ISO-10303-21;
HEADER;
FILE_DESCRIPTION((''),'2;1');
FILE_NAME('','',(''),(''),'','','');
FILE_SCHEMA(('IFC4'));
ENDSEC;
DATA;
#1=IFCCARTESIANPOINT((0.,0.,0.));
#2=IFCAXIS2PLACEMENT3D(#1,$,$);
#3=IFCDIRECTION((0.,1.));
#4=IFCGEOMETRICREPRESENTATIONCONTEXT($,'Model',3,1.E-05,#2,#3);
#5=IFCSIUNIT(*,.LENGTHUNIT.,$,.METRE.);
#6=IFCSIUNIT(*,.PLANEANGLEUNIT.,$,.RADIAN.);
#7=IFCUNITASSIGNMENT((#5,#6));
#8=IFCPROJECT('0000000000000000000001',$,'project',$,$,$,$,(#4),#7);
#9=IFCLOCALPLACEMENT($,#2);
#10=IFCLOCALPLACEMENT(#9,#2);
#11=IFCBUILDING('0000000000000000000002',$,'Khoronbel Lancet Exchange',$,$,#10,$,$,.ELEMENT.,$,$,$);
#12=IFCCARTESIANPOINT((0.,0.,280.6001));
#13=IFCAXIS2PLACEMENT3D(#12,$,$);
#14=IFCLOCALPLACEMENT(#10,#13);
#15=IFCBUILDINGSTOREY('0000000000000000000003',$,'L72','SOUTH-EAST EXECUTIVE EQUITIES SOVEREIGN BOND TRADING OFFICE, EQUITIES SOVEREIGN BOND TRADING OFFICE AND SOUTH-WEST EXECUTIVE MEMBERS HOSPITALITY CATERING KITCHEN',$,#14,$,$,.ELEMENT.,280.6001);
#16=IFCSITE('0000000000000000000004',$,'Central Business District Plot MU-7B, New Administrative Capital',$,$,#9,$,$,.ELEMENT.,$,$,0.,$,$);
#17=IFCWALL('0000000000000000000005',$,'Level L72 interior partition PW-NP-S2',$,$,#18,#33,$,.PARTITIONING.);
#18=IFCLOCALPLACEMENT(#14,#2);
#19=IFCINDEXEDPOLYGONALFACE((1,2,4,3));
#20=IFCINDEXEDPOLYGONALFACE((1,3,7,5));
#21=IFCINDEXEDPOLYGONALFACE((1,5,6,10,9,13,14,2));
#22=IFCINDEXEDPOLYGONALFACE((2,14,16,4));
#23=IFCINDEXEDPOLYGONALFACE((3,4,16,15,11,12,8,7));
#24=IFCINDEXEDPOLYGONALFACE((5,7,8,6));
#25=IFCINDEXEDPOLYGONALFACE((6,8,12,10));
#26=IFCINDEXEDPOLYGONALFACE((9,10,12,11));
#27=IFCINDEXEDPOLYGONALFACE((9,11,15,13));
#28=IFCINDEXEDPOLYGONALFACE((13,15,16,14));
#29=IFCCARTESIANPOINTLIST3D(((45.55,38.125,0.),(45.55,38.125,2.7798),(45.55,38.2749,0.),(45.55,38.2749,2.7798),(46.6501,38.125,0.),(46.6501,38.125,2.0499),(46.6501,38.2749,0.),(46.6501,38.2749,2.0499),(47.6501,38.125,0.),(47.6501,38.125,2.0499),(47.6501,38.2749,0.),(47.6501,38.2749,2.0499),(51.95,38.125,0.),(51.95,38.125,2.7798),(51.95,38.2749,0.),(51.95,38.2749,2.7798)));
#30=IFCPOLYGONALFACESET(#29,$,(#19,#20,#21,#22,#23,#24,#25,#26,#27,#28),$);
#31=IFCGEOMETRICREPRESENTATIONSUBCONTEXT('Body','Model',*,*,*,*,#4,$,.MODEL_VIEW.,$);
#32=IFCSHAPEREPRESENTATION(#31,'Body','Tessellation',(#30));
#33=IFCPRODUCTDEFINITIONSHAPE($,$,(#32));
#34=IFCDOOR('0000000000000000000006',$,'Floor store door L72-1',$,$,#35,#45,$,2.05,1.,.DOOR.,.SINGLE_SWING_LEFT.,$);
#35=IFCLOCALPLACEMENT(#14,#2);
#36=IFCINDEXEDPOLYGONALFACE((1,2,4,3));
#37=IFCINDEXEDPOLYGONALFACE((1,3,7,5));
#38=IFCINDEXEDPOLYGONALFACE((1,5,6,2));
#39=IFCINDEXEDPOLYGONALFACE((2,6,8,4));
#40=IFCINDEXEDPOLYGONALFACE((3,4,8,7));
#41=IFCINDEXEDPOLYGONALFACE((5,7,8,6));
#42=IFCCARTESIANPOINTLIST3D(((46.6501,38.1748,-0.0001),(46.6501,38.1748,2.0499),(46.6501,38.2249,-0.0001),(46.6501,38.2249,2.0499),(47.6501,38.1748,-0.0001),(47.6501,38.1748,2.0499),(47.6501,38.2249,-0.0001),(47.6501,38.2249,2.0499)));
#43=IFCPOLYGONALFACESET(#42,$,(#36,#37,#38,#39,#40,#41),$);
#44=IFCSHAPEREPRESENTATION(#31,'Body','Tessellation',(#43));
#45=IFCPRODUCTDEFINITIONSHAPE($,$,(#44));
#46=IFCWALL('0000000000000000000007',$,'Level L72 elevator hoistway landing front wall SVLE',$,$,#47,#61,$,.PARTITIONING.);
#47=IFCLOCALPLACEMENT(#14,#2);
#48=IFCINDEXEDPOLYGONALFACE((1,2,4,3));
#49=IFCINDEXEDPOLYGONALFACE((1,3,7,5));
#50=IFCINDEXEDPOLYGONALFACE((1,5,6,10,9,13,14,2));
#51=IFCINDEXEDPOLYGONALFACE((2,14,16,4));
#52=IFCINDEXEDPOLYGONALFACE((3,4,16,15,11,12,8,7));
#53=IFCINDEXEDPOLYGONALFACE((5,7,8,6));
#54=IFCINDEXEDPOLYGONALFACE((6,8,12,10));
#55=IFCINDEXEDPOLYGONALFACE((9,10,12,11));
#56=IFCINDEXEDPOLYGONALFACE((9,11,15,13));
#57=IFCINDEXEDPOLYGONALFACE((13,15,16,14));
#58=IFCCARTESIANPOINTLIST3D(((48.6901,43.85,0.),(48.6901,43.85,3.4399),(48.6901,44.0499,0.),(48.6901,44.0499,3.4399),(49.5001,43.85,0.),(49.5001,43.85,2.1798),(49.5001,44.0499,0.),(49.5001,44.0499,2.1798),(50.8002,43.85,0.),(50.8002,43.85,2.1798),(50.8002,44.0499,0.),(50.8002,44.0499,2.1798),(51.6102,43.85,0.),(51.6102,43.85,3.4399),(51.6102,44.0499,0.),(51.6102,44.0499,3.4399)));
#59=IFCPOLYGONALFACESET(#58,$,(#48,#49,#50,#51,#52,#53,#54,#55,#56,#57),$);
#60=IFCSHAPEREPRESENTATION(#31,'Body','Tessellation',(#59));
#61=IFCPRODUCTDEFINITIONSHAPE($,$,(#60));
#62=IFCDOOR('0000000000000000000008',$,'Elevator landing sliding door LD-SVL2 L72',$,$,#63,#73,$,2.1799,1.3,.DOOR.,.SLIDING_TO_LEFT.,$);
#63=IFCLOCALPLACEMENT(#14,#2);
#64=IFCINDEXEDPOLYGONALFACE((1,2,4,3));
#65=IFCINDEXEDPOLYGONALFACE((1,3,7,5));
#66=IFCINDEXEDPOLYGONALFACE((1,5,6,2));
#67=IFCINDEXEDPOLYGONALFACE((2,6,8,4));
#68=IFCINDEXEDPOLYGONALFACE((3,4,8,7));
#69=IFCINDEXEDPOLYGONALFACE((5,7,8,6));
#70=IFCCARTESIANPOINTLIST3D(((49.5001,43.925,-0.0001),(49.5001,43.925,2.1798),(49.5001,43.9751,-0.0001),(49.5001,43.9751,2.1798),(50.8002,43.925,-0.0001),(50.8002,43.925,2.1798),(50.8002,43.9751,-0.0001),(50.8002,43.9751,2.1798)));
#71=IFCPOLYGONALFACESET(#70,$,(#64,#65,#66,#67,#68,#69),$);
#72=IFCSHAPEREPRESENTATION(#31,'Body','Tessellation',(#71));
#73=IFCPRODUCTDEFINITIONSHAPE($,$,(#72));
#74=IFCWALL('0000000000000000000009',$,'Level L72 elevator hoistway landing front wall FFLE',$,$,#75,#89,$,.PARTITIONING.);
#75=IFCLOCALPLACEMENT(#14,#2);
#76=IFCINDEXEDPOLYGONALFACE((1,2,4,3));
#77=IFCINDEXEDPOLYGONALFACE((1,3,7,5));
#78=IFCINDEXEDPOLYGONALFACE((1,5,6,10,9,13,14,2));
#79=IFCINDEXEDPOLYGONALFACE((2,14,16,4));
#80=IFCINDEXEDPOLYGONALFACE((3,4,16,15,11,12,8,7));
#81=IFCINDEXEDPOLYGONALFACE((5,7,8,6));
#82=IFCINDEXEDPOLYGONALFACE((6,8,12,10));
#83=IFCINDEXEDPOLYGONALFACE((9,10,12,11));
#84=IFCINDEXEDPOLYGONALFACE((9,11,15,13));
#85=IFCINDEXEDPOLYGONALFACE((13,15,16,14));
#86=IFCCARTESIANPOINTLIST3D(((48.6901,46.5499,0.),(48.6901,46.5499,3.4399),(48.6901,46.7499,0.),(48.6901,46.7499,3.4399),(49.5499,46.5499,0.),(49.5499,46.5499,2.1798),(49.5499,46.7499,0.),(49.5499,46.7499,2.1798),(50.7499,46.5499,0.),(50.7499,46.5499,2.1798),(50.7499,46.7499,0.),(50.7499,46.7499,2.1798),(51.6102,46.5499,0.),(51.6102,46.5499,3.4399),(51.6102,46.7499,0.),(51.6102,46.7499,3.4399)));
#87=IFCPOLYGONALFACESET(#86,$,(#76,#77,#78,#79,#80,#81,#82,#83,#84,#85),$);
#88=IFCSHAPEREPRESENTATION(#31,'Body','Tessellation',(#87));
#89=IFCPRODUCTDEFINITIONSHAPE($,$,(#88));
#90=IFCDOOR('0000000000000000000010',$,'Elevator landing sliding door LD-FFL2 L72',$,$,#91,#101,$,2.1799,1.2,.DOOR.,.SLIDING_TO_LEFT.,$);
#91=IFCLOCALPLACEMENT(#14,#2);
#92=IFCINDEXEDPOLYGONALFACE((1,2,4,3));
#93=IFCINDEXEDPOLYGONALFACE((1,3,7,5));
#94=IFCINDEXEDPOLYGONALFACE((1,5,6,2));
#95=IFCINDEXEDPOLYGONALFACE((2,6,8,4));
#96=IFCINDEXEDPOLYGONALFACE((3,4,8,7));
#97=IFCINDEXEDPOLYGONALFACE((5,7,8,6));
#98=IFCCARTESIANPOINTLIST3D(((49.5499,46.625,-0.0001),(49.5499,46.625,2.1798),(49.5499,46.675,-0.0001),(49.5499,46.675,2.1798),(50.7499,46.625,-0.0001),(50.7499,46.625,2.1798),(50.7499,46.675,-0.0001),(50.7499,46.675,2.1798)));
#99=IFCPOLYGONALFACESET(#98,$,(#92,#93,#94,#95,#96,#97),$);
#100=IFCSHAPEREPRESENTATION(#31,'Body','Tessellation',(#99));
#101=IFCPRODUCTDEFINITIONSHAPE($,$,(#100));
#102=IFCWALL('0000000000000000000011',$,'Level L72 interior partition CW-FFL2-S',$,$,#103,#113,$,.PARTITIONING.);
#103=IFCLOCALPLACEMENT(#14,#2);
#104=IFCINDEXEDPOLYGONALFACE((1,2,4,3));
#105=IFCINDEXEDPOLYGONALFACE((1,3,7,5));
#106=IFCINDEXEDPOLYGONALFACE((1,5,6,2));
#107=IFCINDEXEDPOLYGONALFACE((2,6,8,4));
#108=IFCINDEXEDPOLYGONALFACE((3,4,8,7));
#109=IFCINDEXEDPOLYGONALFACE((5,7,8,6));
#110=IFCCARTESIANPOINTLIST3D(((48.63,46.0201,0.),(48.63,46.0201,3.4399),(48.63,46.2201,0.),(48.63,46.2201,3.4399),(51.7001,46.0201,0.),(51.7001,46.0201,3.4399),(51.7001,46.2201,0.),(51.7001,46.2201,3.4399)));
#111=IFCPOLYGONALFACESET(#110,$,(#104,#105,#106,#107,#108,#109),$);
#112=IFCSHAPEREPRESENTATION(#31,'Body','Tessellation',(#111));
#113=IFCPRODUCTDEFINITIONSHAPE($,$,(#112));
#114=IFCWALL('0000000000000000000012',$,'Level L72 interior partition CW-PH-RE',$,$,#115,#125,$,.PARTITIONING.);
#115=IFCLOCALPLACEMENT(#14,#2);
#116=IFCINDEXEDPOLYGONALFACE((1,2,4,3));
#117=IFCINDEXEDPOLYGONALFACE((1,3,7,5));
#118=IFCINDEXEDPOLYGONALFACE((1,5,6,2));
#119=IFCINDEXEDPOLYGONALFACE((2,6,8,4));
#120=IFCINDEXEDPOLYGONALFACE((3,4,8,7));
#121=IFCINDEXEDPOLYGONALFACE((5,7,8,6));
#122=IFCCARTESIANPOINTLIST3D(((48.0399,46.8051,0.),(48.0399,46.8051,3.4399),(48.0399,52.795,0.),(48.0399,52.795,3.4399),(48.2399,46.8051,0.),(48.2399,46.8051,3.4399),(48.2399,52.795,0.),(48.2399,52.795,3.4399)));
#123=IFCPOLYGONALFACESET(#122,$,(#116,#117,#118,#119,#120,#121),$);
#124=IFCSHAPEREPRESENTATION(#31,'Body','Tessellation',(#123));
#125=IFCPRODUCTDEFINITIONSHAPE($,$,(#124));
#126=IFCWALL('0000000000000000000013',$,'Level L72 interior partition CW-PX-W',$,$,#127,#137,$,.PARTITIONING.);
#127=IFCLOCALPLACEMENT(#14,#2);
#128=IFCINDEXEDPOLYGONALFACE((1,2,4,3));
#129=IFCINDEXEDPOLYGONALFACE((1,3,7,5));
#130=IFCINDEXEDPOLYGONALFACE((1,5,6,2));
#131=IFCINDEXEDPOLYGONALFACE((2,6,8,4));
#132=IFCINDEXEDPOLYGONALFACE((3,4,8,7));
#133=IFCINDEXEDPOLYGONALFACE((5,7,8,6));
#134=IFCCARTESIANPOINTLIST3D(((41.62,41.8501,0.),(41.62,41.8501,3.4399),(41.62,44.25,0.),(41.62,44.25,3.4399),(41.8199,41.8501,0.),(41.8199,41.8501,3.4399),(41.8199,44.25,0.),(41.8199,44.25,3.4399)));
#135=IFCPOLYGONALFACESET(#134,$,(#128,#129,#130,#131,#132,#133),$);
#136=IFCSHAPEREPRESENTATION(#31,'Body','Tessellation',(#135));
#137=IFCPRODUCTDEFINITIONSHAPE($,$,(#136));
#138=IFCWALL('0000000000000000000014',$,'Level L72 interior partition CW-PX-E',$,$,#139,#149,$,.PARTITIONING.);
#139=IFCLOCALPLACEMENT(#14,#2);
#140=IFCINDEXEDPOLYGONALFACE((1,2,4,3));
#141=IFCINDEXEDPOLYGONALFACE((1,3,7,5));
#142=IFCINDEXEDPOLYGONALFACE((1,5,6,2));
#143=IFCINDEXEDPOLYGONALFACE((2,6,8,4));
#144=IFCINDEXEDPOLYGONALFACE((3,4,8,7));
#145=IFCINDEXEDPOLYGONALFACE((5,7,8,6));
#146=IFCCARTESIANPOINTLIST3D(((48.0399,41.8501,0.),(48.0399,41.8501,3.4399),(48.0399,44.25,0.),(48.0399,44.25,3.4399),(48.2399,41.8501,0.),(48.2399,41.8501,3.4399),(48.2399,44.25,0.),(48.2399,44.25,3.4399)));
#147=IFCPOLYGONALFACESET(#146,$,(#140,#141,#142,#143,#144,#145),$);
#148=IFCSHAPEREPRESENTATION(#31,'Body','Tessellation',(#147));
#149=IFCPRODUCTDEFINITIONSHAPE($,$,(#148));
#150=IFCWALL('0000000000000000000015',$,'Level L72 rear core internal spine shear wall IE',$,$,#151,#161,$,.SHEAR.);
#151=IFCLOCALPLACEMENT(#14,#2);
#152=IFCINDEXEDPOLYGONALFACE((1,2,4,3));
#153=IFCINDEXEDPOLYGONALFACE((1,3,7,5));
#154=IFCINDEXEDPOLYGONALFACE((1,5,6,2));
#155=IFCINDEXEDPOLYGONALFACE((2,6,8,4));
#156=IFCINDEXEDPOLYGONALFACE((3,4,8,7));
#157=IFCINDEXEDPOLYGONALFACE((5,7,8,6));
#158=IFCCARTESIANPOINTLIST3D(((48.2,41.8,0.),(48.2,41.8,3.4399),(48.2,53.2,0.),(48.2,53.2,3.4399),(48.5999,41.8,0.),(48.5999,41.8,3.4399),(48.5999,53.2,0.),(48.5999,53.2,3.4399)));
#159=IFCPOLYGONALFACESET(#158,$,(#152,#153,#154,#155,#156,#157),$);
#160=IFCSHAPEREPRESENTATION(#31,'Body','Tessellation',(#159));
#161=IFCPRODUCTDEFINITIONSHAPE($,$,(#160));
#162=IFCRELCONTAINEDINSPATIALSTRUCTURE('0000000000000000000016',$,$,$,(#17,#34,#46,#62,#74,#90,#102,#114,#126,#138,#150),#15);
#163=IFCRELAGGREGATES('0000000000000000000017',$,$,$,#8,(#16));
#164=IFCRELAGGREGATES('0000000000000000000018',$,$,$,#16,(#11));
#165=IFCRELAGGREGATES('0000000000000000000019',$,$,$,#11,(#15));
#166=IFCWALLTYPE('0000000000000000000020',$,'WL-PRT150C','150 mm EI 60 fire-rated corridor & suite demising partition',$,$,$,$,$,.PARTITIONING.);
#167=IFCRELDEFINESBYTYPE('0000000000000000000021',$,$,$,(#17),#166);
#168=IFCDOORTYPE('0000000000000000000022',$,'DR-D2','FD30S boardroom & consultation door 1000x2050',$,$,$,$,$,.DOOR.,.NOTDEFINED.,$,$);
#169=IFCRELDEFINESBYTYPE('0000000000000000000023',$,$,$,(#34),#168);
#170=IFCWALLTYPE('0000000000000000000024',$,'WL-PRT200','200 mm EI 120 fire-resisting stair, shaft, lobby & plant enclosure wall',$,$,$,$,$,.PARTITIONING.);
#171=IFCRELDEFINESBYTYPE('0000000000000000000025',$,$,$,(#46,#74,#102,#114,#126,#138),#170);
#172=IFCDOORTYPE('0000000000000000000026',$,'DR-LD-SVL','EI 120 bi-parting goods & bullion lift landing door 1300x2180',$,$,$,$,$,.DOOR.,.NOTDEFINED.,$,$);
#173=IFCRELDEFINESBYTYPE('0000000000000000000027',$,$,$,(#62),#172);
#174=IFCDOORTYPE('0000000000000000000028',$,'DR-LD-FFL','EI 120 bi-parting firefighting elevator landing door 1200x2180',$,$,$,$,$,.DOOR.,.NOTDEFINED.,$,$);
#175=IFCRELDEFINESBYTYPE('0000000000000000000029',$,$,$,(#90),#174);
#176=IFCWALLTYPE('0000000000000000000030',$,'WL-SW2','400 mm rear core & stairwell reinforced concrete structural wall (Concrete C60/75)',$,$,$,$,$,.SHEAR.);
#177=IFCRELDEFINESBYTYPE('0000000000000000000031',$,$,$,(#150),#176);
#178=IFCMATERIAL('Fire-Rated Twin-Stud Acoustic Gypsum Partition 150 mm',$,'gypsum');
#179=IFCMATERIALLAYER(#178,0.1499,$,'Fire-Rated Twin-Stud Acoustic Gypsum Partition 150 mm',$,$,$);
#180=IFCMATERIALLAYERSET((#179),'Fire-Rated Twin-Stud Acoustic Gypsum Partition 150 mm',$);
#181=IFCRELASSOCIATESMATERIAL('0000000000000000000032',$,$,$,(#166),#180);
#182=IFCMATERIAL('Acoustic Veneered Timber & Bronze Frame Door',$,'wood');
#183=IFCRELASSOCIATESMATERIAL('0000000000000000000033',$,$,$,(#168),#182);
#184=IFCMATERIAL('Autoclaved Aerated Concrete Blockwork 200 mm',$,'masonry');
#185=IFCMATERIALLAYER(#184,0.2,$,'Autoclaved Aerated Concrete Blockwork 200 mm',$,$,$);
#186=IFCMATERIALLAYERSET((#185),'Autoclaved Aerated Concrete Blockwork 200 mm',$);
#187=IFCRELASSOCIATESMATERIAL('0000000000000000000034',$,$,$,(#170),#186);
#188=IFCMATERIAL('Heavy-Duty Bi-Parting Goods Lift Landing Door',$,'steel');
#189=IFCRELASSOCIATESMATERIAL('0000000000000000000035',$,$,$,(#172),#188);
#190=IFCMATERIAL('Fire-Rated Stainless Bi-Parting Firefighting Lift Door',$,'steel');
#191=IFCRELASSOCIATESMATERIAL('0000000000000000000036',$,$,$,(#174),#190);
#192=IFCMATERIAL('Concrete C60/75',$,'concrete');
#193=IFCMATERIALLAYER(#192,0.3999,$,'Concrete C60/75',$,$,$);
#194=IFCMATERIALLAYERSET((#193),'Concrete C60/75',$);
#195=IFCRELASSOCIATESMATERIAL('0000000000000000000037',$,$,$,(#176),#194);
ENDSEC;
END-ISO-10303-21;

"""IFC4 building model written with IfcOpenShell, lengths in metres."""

from ifc_helpers import new_model, si_unit, direction, frame, frame_2d, origin, place, context, subcontext, project, spatial, rectangle, extrude, material, layer, layer_set, type_object, element, fill, save


model = new_model("IFC4")

# Units and contexts
model_context = context("Model", 3, precision=1e-05, world=origin(), true_north=direction((0.0, 1.0)))
body_context = subcontext(model_context, "Body", "Model", "MODEL_VIEW")
ifc_project = project(units=[si_unit("LENGTHUNIT", "METRE"), si_unit("PLANEANGLEUNIT", "RADIAN")], contexts=[model_context])

# Site, building, storey
site_placement = place(None, origin())
site = spatial("IfcSite", under=ifc_project, at=site_placement, Name="Central Business District Plot MU-7B, New Administrative Capital", CompositionType="ELEMENT", RefElevation=0.0)
building_placement = place(site_placement, origin())
building = spatial("IfcBuilding", under=site, at=building_placement, Name="Khoronbel Lancet Exchange", CompositionType="ELEMENT")
storey_placement = place(building_placement, frame((0.0, 0.0, 280.6001)))
storey = spatial("IfcBuildingStorey", under=building, at=storey_placement, Name="L72", Description="SOUTH-EAST EXECUTIVE EQUITIES SOVEREIGN BOND TRADING OFFICE, EQUITIES SOVEREIGN BOND TRADING OFFICE AND SOUTH-WEST EXECUTIVE MEMBERS HOSPITALITY CATERING KITCHEN", CompositionType="ELEMENT", Elevation=280.6001)

# Walls, openings, doors
ifc_material_1 = material(Name="Fire-Rated Twin-Stud Acoustic Gypsum Partition 150 mm", Category="gypsum")
ifc_layer_1 = layer(ifc_material_1, 0.1499, Name="Fire-Rated Twin-Stud Acoustic Gypsum Partition 150 mm")
ifc_layer_set_1 = layer_set([ifc_layer_1], Name="Fire-Rated Twin-Stud Acoustic Gypsum Partition 150 mm")
wall_type_1 = type_object("IfcWallType", Name="WL-PRT150C", Description="150 mm EI 60 fire-rated corridor & suite demising partition", PredefinedType="PARTITIONING", material=ifc_layer_set_1)
wall_1_placement = place(storey_placement, frame((45.55, 38.2, 0.0), z_axis=(0.0, 0.0, 1.0), x_axis=(1.0, 0.0, 0.0)))
wall_1 = element("IfcWall", 1, at=wall_1_placement, inside=storey, type_object=wall_type_1, Name="Level L72 interior partition PW-NP-S2", PredefinedType="PARTITIONING", context=body_context, shape_type="SweptSolid", body=[
    extrude(rectangle(XDim=6.3999, YDim=0.1499, at=frame_2d((3.2, 0.0))), origin(), (0.0, 0.0, 1.0), 2.7798),
])
opening_1_placement = place(wall_1_placement, frame((1.1001, 0.0, 0.0)))
opening_1 = element("IfcOpeningElement", 2, at=opening_1_placement, cuts=wall_1, PredefinedType="OPENING", context=body_context, shape_type="SweptSolid", body=[
    extrude(rectangle(XDim=1.0, YDim=2.05, at=frame_2d((0.5, 1.0249))), frame((0.0, 0.085, 0.0), z_axis=(0.0, -1.0, 0.0), x_axis=(1.0, 0.0, 0.0)), (0.0, 0.0, 1.0), 0.1699),
])
ifc_material_2 = material(Name="Acoustic Veneered Timber & Bronze Frame Door", Category="wood")
door_type_1 = type_object("IfcDoorType", Name="DR-D2", Description="FD30S boardroom & consultation door 1000x2050", OperationType="NOTDEFINED", PredefinedType="DOOR", material=ifc_material_2)
door_1_placement = place(opening_1_placement, origin())
door_1 = element("IfcDoor", 3, at=door_1_placement, inside=storey, type_object=door_type_1, Name="Floor store door L72-1", OperationType="SINGLE_SWING_LEFT", OverallHeight=2.05, OverallWidth=1.0, PredefinedType="DOOR", context=body_context, shape_type="SweptSolid", body=[
    extrude(rectangle(XDim=1.0, YDim=2.05, at=frame_2d((0.5, 1.0249))), frame((0.0, 0.0249, 0.0), z_axis=(0.0, -1.0, 0.0), x_axis=(1.0, 0.0, 0.0)), (0.0, 0.0, 1.0), 0.05),
])
fill(opening_1, door_1)
ifc_material_3 = material(Name="Autoclaved Aerated Concrete Blockwork 200 mm", Category="masonry")
ifc_layer_2 = layer(ifc_material_3, 0.2, Name="Autoclaved Aerated Concrete Blockwork 200 mm")
ifc_layer_set_2 = layer_set([ifc_layer_2], Name="Autoclaved Aerated Concrete Blockwork 200 mm")
wall_type_2 = type_object("IfcWallType", Name="WL-PRT200", Description="200 mm EI 120 fire-resisting stair, shaft, lobby & plant enclosure wall", PredefinedType="PARTITIONING", material=ifc_layer_set_2)
wall_2_placement = place(storey_placement, frame((51.6101, 43.95, 0.0), z_axis=(0.0, 0.0, 1.0), x_axis=(-1.0, 0.0, 0.0)))
wall_2 = element("IfcWall", 4, at=wall_2_placement, inside=storey, type_object=wall_type_2, Name="Level L72 elevator hoistway landing front wall SVLE", PredefinedType="PARTITIONING", context=body_context, shape_type="SweptSolid", body=[
    extrude(rectangle(XDim=2.9202, YDim=0.2, at=frame_2d((1.46, 0.0))), origin(), (0.0, 0.0, 1.0), 3.4399),
])
opening_2_placement = place(wall_2_placement, frame((0.8101, 0.0, 0.0)))
opening_2 = element("IfcOpeningElement", 5, at=opening_2_placement, cuts=wall_2, PredefinedType="OPENING", context=body_context, shape_type="SweptSolid", body=[
    extrude(rectangle(XDim=1.3, YDim=2.1799, at=frame_2d((0.6499, 1.0898))), frame((0.0, 0.1099, 0.0), z_axis=(0.0, -1.0, 0.0), x_axis=(1.0, 0.0, 0.0)), (0.0, 0.0, 1.0), 0.22),
])
ifc_material_4 = material(Name="Heavy-Duty Bi-Parting Goods Lift Landing Door", Category="steel")
door_type_2 = type_object("IfcDoorType", Name="DR-LD-SVL", Description="EI 120 bi-parting goods & bullion lift landing door 1300x2180", OperationType="NOTDEFINED", PredefinedType="DOOR", material=ifc_material_4)
door_2_placement = place(opening_2_placement, origin())
door_2 = element("IfcDoor", 6, at=door_2_placement, inside=storey, type_object=door_type_2, Name="Elevator landing sliding door LD-SVL2 L72", OperationType="SLIDING_TO_LEFT", OverallHeight=2.1799, OverallWidth=1.3, PredefinedType="DOOR", context=body_context, shape_type="SweptSolid", body=[
    extrude(rectangle(XDim=1.3, YDim=2.1799, at=frame_2d((0.6499, 1.0898))), frame((0.0, 0.0249, 0.0), z_axis=(0.0, -1.0, 0.0), x_axis=(1.0, 0.0, 0.0)), (0.0, 0.0, 1.0), 0.05),
])
fill(opening_2, door_2)
wall_3_placement = place(storey_placement, frame((51.6101, 46.6499, 0.0), z_axis=(0.0, 0.0, 1.0), x_axis=(-1.0, 0.0, 0.0)))
wall_3 = element("IfcWall", 7, at=wall_3_placement, inside=storey, type_object=wall_type_2, Name="Level L72 elevator hoistway landing front wall FFLE", PredefinedType="PARTITIONING", context=body_context, shape_type="SweptSolid", body=[
    extrude(rectangle(XDim=2.9202, YDim=0.2, at=frame_2d((1.46, 0.0))), origin(), (0.0, 0.0, 1.0), 3.4399),
])
opening_3_placement = place(wall_3_placement, frame((0.8601, 0.0, 0.0)))
opening_3 = element("IfcOpeningElement", 8, at=opening_3_placement, cuts=wall_3, PredefinedType="OPENING", context=body_context, shape_type="SweptSolid", body=[
    extrude(rectangle(XDim=1.2, YDim=2.1799, at=frame_2d((0.6001, 1.0898))), frame((0.0, 0.1099, 0.0), z_axis=(0.0, -1.0, 0.0), x_axis=(1.0, 0.0, 0.0)), (0.0, 0.0, 1.0), 0.22),
])
ifc_material_5 = material(Name="Fire-Rated Stainless Bi-Parting Firefighting Lift Door", Category="steel")
door_type_3 = type_object("IfcDoorType", Name="DR-LD-FFL", Description="EI 120 bi-parting firefighting elevator landing door 1200x2180", OperationType="NOTDEFINED", PredefinedType="DOOR", material=ifc_material_5)
door_3_placement = place(opening_3_placement, origin())
door_3 = element("IfcDoor", 9, at=door_3_placement, inside=storey, type_object=door_type_3, Name="Elevator landing sliding door LD-FFL2 L72", OperationType="SLIDING_TO_LEFT", OverallHeight=2.1799, OverallWidth=1.2, PredefinedType="DOOR", context=body_context, shape_type="SweptSolid", body=[
    extrude(rectangle(XDim=1.2, YDim=2.1799, at=frame_2d((0.6001, 1.0898))), frame((0.0, 0.0249, 0.0), z_axis=(0.0, -1.0, 0.0), x_axis=(1.0, 0.0, 0.0)), (0.0, 0.0, 1.0), 0.05),
])
fill(opening_3, door_3)

# Walls
wall_4_placement = place(storey_placement, frame((48.6299, 46.1201, 0.0), z_axis=(0.0, 0.0, 1.0), x_axis=(1.0, 0.0, 0.0)))
element("IfcWall", 10, at=wall_4_placement, inside=storey, type_object=wall_type_2, Name="Level L72 interior partition CW-FFL2-S", PredefinedType="PARTITIONING", context=body_context, shape_type="SweptSolid", body=[
    extrude(rectangle(XDim=3.0701, YDim=0.2, at=frame_2d((1.5352, 0.0))), origin(), (0.0, 0.0, 1.0), 3.4399),
])
wall_5_placement = place(storey_placement, frame((48.1399, 46.8049, 0.0), z_axis=(0.0, 0.0, 1.0), x_axis=(0.0, 1.0, 0.0)))
element("IfcWall", 11, at=wall_5_placement, inside=storey, type_object=wall_type_2, Name="Level L72 interior partition CW-PH-RE", PredefinedType="PARTITIONING", context=body_context, shape_type="SweptSolid", body=[
    extrude(rectangle(XDim=5.99, YDim=0.2, at=frame_2d((2.9951, 0.0))), origin(), (0.0, 0.0, 1.0), 3.4399),
])
for number, where, z_axis, x_axis, name in (
    (12, (41.72, 41.8501, 0.0), (0.0, 0.0, 1.0), (0.0, 1.0, 0.0), "Level L72 interior partition CW-PX-W"),
    (13, (48.1399, 41.8501, 0.0), (0.0, 0.0, 1.0), (0.0, 1.0, 0.0), "Level L72 interior partition CW-PX-E"),
):
    element("IfcWall", number, at=place(storey_placement, frame(where, z_axis=z_axis, x_axis=x_axis)), inside=storey, type_object=wall_type_2, Name=name, PredefinedType="PARTITIONING", context=body_context, shape_type="SweptSolid", body=[
        extrude(rectangle(XDim=2.3999, YDim=0.2, at=frame_2d((1.2, 0.0))), origin(), (0.0, 0.0, 1.0), 3.4399),
    ])
ifc_material_6 = material(Name="Concrete C60/75", Category="concrete")
ifc_layer_3 = layer(ifc_material_6, 0.3999, Name="Concrete C60/75")
ifc_layer_set_3 = layer_set([ifc_layer_3], Name="Concrete C60/75")
wall_type_3 = type_object("IfcWallType", Name="WL-SW2", Description="400 mm rear core & stairwell reinforced concrete structural wall (Concrete C60/75)", PredefinedType="SHEAR", material=ifc_layer_set_3)
wall_6_placement = place(storey_placement, frame((48.3999, 41.8, 0.0), z_axis=(0.0, 0.0, 1.0), x_axis=(0.0, 1.0, 0.0)))
element("IfcWall", 14, at=wall_6_placement, inside=storey, type_object=wall_type_3, Name="Level L72 rear core internal spine shear wall IE", PredefinedType="SHEAR", context=body_context, shape_type="SweptSolid", body=[
    extrude(rectangle(XDim=11.3999, YDim=0.3999, at=frame_2d((5.7, 0.0))), origin(), (0.0, 0.0, 1.0), 3.4399),
])

save(model, "model.ifc")
